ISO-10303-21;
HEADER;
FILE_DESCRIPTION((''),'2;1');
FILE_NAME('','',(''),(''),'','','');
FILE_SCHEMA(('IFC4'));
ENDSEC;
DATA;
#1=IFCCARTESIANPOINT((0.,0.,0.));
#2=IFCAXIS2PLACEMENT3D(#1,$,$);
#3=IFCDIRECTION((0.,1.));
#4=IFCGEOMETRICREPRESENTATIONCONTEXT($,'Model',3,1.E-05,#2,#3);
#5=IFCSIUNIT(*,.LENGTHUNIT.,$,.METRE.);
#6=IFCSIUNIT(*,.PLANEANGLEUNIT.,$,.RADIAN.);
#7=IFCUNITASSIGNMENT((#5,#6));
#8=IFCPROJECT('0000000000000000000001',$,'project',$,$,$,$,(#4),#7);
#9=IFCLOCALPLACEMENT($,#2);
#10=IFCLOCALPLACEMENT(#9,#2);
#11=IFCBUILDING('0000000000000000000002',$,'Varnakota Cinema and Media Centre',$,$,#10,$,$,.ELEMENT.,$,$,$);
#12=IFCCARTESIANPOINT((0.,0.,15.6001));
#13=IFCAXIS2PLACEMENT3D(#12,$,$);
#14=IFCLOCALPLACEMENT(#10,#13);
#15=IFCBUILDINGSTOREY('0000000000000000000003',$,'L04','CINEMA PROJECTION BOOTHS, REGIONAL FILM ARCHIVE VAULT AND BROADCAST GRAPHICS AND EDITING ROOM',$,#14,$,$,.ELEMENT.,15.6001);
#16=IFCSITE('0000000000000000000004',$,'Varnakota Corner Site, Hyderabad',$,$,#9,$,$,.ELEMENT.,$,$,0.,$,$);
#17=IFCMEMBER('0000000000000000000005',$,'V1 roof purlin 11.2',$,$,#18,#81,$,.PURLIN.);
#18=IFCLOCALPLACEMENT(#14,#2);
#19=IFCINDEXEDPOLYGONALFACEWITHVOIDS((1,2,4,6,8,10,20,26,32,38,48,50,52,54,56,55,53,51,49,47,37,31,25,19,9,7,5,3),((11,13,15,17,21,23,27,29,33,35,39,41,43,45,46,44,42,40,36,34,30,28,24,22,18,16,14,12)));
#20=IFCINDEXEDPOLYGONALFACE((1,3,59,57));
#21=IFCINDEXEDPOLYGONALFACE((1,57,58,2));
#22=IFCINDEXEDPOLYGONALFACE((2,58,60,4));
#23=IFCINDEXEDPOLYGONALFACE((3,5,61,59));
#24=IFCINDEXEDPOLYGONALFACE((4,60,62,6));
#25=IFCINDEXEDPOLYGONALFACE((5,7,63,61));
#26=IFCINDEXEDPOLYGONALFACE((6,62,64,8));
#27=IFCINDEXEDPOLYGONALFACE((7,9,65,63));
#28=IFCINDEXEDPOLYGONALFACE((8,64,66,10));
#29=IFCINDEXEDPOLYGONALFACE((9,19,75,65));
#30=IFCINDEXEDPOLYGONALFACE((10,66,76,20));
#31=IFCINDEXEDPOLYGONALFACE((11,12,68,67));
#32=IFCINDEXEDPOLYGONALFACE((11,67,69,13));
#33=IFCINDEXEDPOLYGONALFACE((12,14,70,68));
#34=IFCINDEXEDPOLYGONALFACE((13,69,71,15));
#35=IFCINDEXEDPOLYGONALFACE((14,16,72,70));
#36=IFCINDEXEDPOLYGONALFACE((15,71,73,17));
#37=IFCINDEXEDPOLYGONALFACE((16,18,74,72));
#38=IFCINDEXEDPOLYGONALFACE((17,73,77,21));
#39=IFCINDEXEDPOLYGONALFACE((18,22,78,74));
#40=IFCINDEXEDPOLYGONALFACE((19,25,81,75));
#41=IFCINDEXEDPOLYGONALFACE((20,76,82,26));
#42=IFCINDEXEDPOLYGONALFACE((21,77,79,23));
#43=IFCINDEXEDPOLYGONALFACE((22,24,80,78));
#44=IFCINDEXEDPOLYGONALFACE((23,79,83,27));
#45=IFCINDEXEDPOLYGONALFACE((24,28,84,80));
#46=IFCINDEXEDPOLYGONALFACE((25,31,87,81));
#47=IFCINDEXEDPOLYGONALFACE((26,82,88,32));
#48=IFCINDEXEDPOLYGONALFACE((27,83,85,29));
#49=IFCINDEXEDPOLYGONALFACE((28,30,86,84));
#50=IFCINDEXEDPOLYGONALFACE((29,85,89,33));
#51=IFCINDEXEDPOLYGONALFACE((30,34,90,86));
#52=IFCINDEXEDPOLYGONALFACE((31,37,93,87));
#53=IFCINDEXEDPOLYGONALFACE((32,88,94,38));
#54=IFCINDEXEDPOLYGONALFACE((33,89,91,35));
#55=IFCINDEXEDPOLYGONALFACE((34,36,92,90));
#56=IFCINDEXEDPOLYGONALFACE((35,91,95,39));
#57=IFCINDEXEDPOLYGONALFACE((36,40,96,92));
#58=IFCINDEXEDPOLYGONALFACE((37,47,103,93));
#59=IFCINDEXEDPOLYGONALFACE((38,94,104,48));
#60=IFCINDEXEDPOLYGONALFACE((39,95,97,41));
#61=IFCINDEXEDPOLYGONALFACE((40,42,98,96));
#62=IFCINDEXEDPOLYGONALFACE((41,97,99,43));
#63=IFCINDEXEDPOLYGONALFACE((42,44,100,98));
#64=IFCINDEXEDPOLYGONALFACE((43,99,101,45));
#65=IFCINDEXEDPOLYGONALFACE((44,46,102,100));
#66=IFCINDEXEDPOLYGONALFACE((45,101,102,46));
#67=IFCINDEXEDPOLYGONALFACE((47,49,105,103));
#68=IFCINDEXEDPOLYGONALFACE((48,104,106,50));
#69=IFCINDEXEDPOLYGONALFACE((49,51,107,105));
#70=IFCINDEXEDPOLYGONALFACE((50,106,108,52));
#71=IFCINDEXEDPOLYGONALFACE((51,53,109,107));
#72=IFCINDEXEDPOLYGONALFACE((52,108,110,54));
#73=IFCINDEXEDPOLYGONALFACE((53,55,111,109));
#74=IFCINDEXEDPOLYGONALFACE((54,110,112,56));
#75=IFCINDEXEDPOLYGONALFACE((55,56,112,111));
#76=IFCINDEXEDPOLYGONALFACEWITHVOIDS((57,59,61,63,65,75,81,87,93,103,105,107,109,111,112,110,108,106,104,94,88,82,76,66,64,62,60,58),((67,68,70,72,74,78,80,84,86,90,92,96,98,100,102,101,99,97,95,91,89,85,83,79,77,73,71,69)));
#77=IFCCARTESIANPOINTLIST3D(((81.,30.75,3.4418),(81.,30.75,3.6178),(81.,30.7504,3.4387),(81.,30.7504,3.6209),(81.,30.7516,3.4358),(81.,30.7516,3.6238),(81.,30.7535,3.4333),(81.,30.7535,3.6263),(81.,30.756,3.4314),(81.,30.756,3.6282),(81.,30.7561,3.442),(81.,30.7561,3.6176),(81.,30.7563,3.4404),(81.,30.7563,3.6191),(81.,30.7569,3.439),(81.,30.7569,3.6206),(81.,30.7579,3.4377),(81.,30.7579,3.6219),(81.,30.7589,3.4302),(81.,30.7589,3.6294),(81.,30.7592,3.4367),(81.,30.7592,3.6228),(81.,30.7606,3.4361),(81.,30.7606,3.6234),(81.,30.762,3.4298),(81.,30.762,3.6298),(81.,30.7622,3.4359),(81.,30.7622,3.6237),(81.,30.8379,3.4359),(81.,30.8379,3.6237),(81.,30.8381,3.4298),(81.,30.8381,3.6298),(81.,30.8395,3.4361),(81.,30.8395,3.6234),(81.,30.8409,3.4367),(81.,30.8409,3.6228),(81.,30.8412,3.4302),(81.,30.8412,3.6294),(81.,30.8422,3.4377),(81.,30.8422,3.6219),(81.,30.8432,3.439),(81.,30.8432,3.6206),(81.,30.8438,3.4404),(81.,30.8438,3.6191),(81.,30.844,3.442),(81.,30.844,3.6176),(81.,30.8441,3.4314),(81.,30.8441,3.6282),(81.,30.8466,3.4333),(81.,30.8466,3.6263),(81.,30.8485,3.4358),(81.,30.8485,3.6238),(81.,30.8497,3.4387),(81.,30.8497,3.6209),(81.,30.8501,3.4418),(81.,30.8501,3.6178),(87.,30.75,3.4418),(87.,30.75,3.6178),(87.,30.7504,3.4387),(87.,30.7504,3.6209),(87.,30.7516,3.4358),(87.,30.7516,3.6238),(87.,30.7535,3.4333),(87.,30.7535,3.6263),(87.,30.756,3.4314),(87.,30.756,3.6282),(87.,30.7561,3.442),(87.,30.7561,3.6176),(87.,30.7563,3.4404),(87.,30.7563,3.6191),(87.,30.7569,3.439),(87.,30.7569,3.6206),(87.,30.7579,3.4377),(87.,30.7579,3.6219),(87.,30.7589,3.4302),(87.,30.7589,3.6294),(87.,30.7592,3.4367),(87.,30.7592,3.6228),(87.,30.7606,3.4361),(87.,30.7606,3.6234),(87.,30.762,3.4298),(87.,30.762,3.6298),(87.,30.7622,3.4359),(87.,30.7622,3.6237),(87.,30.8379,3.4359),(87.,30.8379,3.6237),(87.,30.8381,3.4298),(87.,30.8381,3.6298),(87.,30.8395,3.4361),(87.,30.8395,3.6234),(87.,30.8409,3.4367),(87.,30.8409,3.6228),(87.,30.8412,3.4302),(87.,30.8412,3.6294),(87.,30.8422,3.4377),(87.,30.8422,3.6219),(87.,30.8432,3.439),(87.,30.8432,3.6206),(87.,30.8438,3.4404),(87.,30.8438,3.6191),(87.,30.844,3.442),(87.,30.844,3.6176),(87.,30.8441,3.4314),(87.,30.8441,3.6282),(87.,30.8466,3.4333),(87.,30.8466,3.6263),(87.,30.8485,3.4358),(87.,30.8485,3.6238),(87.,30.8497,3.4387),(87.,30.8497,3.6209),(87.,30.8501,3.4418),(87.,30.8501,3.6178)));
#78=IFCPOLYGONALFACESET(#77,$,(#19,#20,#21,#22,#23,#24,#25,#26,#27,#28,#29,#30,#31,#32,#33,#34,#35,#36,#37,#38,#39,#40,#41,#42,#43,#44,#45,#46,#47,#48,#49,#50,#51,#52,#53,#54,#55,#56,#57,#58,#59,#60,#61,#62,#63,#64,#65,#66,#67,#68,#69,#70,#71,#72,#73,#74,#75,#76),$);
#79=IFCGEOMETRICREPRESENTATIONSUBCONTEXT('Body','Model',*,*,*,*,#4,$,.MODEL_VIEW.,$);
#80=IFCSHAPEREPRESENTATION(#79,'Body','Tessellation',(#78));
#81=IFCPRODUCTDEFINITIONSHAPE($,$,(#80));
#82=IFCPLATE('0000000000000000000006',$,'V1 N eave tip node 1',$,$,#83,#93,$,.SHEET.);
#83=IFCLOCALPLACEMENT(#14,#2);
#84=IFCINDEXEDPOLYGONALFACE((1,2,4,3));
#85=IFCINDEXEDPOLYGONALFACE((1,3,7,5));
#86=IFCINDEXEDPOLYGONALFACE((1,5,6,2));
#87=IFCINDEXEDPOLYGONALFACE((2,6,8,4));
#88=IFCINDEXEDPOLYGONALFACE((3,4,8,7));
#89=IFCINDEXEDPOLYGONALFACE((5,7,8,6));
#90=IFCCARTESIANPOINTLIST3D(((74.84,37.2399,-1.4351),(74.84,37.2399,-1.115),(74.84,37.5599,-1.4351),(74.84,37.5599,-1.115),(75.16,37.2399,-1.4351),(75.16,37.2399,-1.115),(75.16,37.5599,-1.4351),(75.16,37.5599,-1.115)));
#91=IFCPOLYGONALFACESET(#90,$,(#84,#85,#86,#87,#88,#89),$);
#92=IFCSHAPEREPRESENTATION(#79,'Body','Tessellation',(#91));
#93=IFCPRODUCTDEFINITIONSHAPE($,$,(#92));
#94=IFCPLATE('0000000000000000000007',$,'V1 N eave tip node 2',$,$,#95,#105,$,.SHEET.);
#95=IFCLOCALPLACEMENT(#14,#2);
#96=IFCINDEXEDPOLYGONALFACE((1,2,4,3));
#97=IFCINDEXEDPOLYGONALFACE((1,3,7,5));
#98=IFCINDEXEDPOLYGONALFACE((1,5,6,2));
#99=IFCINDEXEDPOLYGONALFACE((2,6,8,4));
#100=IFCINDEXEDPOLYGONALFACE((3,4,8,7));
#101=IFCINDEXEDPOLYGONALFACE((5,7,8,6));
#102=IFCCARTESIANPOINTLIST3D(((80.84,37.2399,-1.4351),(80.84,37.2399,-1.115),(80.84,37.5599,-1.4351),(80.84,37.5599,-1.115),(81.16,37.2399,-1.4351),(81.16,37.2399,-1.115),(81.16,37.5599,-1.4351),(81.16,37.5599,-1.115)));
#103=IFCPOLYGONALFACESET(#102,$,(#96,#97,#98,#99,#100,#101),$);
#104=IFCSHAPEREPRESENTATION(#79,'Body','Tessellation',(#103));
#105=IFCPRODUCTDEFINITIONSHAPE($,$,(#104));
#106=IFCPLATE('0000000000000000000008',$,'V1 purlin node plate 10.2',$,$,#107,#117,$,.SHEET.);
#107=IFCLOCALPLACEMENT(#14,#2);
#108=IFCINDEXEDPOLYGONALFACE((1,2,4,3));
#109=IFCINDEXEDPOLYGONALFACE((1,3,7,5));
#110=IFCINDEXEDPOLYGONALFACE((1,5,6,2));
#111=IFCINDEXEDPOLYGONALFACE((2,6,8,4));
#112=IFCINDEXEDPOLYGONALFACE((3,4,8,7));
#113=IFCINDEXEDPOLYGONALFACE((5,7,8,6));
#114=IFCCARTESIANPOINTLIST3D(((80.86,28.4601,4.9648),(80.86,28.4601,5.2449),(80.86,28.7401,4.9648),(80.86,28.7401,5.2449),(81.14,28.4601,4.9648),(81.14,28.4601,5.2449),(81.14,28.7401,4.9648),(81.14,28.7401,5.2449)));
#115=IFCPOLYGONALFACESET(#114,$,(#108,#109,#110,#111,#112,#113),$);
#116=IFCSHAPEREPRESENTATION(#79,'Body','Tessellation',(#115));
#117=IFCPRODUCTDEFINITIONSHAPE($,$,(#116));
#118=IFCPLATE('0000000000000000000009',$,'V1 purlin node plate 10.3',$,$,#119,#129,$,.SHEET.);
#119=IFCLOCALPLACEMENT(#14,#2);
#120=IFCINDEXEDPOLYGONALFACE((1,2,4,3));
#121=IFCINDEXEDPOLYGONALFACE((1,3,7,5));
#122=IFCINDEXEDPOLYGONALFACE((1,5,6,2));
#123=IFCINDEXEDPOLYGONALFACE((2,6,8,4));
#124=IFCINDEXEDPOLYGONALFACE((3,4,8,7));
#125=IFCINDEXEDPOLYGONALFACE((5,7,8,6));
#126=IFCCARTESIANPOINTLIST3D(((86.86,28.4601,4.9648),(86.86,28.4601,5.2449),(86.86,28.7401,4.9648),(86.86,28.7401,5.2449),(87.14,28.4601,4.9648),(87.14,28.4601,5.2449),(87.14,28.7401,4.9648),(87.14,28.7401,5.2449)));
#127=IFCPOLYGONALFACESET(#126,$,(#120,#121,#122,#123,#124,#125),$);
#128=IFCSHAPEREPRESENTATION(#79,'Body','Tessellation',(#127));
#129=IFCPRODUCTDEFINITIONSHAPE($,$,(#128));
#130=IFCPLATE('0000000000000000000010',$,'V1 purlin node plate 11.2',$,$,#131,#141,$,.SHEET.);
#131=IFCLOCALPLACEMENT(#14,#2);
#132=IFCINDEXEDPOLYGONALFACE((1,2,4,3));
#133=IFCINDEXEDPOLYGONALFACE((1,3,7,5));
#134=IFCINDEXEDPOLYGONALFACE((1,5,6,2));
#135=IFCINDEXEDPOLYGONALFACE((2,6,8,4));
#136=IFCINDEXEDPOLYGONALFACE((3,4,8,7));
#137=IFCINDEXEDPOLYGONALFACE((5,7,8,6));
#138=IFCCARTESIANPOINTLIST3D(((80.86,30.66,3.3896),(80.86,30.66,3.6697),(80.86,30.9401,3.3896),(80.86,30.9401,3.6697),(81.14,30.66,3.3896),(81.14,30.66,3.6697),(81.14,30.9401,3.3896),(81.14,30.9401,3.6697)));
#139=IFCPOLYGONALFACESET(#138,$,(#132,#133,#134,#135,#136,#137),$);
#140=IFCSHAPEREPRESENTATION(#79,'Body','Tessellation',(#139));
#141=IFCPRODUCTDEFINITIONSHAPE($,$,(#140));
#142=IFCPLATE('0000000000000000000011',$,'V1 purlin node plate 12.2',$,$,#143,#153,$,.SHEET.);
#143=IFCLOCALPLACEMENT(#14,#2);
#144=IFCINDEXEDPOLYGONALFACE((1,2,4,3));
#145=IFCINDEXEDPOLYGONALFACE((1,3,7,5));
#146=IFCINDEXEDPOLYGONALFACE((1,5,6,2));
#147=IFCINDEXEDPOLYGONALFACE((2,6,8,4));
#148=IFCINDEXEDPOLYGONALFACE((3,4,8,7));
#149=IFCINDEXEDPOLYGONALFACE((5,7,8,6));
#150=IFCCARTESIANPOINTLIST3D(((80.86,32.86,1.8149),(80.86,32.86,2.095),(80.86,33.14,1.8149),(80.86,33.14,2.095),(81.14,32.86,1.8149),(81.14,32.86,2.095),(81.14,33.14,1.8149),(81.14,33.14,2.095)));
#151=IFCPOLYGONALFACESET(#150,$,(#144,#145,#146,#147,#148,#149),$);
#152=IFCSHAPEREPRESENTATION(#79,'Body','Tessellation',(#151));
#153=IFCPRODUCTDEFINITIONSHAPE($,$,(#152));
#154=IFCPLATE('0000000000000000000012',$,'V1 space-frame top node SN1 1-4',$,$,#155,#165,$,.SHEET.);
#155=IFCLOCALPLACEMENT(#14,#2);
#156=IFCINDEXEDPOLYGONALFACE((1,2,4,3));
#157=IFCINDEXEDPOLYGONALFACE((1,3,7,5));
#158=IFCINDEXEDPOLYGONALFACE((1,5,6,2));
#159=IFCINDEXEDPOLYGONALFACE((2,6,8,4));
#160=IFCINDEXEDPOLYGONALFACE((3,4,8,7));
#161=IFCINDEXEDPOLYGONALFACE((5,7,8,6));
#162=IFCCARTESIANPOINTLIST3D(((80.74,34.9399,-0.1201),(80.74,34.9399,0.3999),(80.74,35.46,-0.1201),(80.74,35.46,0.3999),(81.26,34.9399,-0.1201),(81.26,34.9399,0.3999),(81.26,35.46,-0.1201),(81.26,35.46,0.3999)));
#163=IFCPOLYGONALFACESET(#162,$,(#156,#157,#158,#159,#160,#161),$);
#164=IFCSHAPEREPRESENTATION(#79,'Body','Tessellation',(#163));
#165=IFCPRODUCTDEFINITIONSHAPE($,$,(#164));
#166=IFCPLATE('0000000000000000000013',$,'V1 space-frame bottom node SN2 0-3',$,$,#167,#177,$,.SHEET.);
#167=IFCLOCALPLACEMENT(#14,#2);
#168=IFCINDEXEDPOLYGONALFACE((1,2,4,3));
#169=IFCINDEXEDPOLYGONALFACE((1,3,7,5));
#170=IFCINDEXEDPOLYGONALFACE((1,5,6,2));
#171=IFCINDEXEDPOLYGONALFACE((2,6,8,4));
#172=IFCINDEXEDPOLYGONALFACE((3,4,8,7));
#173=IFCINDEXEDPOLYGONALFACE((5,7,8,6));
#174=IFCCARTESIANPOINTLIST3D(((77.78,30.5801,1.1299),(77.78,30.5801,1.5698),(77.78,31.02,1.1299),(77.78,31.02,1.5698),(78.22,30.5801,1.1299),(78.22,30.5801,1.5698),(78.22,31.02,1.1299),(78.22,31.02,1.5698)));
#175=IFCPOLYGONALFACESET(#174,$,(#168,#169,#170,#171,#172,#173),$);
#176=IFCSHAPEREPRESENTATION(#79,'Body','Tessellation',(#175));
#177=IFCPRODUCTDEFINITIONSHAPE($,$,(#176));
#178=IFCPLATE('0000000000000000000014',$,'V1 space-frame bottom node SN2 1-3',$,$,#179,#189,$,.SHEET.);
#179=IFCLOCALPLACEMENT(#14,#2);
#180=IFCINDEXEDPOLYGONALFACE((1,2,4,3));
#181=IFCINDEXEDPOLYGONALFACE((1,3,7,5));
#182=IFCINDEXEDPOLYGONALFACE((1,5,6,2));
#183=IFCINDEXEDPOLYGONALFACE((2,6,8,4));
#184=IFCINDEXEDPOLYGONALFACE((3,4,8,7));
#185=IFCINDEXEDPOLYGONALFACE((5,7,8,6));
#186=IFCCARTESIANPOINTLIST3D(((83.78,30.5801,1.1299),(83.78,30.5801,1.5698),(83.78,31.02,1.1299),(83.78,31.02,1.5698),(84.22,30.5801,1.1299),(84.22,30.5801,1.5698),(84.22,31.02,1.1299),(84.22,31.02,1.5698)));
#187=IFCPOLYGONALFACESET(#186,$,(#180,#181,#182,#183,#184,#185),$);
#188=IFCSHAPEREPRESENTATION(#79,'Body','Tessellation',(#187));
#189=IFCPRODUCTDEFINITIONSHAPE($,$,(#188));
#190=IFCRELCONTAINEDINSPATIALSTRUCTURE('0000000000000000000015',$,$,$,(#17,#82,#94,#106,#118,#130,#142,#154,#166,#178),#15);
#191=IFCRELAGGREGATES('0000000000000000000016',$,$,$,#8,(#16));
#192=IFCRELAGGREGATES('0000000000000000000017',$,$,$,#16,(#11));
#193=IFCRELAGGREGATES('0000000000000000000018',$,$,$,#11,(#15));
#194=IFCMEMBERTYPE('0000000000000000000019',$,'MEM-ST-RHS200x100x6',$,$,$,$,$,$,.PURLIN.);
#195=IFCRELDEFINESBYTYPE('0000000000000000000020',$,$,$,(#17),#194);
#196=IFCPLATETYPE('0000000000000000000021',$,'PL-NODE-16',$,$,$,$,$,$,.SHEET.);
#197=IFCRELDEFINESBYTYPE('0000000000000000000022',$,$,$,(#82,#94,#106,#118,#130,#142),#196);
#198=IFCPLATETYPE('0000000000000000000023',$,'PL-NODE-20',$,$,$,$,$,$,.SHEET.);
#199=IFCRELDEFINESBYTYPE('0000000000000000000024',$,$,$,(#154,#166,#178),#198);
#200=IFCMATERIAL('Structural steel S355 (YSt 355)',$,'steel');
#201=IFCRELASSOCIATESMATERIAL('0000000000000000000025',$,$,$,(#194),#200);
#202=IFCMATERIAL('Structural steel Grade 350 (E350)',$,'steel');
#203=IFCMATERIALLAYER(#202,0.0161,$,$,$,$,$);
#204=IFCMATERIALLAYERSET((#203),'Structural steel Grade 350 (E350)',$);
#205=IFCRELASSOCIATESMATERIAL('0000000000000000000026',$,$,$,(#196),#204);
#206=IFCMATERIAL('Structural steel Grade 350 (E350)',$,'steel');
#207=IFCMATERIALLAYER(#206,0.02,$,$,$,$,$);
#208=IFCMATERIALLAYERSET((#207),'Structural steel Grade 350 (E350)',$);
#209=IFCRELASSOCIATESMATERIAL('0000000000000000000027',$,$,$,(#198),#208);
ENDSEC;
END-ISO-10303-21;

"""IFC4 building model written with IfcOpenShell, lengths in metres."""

from ifc_helpers import new_model, si_unit, direction, frame, origin, origin_2d, place, context, subcontext, project, spatial, rectangle, hollow_rectangle, extrude, material, layer, layer_set, material_profile, profile_set, type_object, element, save


model = new_model("IFC4")

# Units and contexts
model_context = context("Model", 3, precision=1e-05, world=origin(), true_north=direction((0.0, 1.0)))
body_context = subcontext(model_context, "Body", "Model", "MODEL_VIEW")
ifc_project = project(units=[si_unit("LENGTHUNIT", "METRE"), si_unit("PLANEANGLEUNIT", "RADIAN")], contexts=[model_context])

# Site, building, storey
site_placement = place(None, origin())
site = spatial("IfcSite", under=ifc_project, at=site_placement, Name="Varnakota Corner Site, Hyderabad", CompositionType="ELEMENT", RefElevation=0.0)
building_placement = place(site_placement, origin())
building = spatial("IfcBuilding", under=site, at=building_placement, Name="Varnakota Cinema and Media Centre", CompositionType="ELEMENT")
storey_placement = place(building_placement, frame((0.0, 0.0, 15.6001)))
storey = spatial("IfcBuildingStorey", under=building, at=storey_placement, Name="L04", Description="CINEMA PROJECTION BOOTHS, REGIONAL FILM ARCHIVE VAULT AND BROADCAST GRAPHICS AND EDITING ROOM", CompositionType="ELEMENT", Elevation=15.6001)

# Member
ifc_material_1 = material(Name="Structural steel S355 (YSt 355)", Category="steel")
ifc_material_profile_1 = material_profile(ifc_material_1, hollow_rectangle(XDim=0.1001, YDim=0.2, WallThickness=0.0061, InnerFilletRadius=0.0061, OuterFilletRadius=0.012, at=origin_2d()), Name="RHS 200x100x6")
ifc_profile_set_1 = profile_set([ifc_material_profile_1], Name="Structural steel S355 (YSt 355)")
member_type_1 = type_object("IfcMemberType", Name="MEM-ST-RHS200x100x6", PredefinedType="PURLIN", material=ifc_profile_set_1)
member_1_placement = place(storey_placement, frame((81.0, 30.8, 3.5298), z_axis=(1.0, 0.0, 0.0), x_axis=(0.0, 1.0, 0.0)))
element("IfcMember", 1, at=member_1_placement, inside=storey, type_object=member_type_1, Name="V1 roof purlin 11.2", PredefinedType="PURLIN", context=body_context, shape_type="SweptSolid", body=[
    extrude(hollow_rectangle(XDim=0.1001, YDim=0.2, WallThickness=0.0061, InnerFilletRadius=0.0061, OuterFilletRadius=0.012, at=origin_2d()), origin(), (0.0, 0.0, 1.0), 6.0),
])

# Plates
ifc_material_2 = material(Name="Structural steel Grade 350 (E350)", Category="steel")
ifc_layer_1 = layer(ifc_material_2, 0.0161)
ifc_layer_set_1 = layer_set([ifc_layer_1], Name="Structural steel Grade 350 (E350)")
plate_type_1 = type_object("IfcPlateType", Name="PL-NODE-16", PredefinedType="SHEET", material=ifc_layer_set_1)
for number, where, z_axis, x_axis, name in (
    (2, (75.0, 37.3999, -1.4351), (0.0, 0.0, 1.0), (1.0, 0.0, 0.0), "V1 N eave tip node 1"),
    (3, (81.0, 37.3999, -1.4351), (0.0, 0.0, 1.0), (1.0, 0.0, 0.0), "V1 N eave tip node 2"),
):
    element("IfcPlate", number, at=place(storey_placement, frame(where, z_axis=z_axis, x_axis=x_axis)), inside=storey, type_object=plate_type_1, Name=name, PredefinedType="SHEET", context=body_context, shape_type="SweptSolid", body=[
        extrude(rectangle(XDim=0.3201, YDim=0.3201, at=origin_2d()), origin(), (0.0, 0.0, 1.0), 0.3201),
    ])
for number, where, z_axis, x_axis, name in (
    (4, (81.0, 28.6001, 4.9648), (0.0, 0.0, 1.0), (1.0, 0.0, 0.0), "V1 purlin node plate 10.2"),
    (5, (87.0, 28.6001, 4.9648), (0.0, 0.0, 1.0), (1.0, 0.0, 0.0), "V1 purlin node plate 10.3"),
    (6, (81.0, 30.8, 3.3896), (0.0, 0.0, 1.0), (1.0, 0.0, 0.0), "V1 purlin node plate 11.2"),
    (7, (81.0, 33.0, 1.8149), (0.0, 0.0, 1.0), (1.0, 0.0, 0.0), "V1 purlin node plate 12.2"),
):
    element("IfcPlate", number, at=place(storey_placement, frame(where, z_axis=z_axis, x_axis=x_axis)), inside=storey, type_object=plate_type_1, Name=name, PredefinedType="SHEET", context=body_context, shape_type="SweptSolid", body=[
        extrude(rectangle(XDim=0.28, YDim=0.28, at=origin_2d()), origin(), (0.0, 0.0, 1.0), 0.28),
    ])
ifc_material_3 = material(Name="Structural steel Grade 350 (E350)", Category="steel")
ifc_layer_2 = layer(ifc_material_3, 0.02)
ifc_layer_set_2 = layer_set([ifc_layer_2], Name="Structural steel Grade 350 (E350)")
plate_type_2 = type_object("IfcPlateType", Name="PL-NODE-20", PredefinedType="SHEET", material=ifc_layer_set_2)
plate_placement = place(storey_placement, frame((81.0, 35.2, -0.1201), z_axis=(0.0, 0.0, 1.0), x_axis=(1.0, 0.0, 0.0)))
element("IfcPlate", 8, at=plate_placement, inside=storey, type_object=plate_type_2, Name="V1 space-frame top node SN1 1-4", PredefinedType="SHEET", context=body_context, shape_type="SweptSolid", body=[
    extrude(rectangle(XDim=0.52, YDim=0.52, at=origin_2d()), origin(), (0.0, 0.0, 1.0), 0.52),
])
for number, where, z_axis, x_axis, name in (
    (9, (78.0, 30.8, 1.1299), (0.0, 0.0, 1.0), (1.0, 0.0, 0.0), "V1 space-frame bottom node SN2 0-3"),
    (10, (84.0, 30.8, 1.1299), (0.0, 0.0, 1.0), (1.0, 0.0, 0.0), "V1 space-frame bottom node SN2 1-3"),
):
    element("IfcPlate", number, at=place(storey_placement, frame(where, z_axis=z_axis, x_axis=x_axis)), inside=storey, type_object=plate_type_2, Name=name, PredefinedType="SHEET", context=body_context, shape_type="SweptSolid", body=[
        extrude(rectangle(XDim=0.4399, YDim=0.4399, at=origin_2d()), origin(), (0.0, 0.0, 1.0), 0.4399),
    ])

save(model, "model.ifc")
